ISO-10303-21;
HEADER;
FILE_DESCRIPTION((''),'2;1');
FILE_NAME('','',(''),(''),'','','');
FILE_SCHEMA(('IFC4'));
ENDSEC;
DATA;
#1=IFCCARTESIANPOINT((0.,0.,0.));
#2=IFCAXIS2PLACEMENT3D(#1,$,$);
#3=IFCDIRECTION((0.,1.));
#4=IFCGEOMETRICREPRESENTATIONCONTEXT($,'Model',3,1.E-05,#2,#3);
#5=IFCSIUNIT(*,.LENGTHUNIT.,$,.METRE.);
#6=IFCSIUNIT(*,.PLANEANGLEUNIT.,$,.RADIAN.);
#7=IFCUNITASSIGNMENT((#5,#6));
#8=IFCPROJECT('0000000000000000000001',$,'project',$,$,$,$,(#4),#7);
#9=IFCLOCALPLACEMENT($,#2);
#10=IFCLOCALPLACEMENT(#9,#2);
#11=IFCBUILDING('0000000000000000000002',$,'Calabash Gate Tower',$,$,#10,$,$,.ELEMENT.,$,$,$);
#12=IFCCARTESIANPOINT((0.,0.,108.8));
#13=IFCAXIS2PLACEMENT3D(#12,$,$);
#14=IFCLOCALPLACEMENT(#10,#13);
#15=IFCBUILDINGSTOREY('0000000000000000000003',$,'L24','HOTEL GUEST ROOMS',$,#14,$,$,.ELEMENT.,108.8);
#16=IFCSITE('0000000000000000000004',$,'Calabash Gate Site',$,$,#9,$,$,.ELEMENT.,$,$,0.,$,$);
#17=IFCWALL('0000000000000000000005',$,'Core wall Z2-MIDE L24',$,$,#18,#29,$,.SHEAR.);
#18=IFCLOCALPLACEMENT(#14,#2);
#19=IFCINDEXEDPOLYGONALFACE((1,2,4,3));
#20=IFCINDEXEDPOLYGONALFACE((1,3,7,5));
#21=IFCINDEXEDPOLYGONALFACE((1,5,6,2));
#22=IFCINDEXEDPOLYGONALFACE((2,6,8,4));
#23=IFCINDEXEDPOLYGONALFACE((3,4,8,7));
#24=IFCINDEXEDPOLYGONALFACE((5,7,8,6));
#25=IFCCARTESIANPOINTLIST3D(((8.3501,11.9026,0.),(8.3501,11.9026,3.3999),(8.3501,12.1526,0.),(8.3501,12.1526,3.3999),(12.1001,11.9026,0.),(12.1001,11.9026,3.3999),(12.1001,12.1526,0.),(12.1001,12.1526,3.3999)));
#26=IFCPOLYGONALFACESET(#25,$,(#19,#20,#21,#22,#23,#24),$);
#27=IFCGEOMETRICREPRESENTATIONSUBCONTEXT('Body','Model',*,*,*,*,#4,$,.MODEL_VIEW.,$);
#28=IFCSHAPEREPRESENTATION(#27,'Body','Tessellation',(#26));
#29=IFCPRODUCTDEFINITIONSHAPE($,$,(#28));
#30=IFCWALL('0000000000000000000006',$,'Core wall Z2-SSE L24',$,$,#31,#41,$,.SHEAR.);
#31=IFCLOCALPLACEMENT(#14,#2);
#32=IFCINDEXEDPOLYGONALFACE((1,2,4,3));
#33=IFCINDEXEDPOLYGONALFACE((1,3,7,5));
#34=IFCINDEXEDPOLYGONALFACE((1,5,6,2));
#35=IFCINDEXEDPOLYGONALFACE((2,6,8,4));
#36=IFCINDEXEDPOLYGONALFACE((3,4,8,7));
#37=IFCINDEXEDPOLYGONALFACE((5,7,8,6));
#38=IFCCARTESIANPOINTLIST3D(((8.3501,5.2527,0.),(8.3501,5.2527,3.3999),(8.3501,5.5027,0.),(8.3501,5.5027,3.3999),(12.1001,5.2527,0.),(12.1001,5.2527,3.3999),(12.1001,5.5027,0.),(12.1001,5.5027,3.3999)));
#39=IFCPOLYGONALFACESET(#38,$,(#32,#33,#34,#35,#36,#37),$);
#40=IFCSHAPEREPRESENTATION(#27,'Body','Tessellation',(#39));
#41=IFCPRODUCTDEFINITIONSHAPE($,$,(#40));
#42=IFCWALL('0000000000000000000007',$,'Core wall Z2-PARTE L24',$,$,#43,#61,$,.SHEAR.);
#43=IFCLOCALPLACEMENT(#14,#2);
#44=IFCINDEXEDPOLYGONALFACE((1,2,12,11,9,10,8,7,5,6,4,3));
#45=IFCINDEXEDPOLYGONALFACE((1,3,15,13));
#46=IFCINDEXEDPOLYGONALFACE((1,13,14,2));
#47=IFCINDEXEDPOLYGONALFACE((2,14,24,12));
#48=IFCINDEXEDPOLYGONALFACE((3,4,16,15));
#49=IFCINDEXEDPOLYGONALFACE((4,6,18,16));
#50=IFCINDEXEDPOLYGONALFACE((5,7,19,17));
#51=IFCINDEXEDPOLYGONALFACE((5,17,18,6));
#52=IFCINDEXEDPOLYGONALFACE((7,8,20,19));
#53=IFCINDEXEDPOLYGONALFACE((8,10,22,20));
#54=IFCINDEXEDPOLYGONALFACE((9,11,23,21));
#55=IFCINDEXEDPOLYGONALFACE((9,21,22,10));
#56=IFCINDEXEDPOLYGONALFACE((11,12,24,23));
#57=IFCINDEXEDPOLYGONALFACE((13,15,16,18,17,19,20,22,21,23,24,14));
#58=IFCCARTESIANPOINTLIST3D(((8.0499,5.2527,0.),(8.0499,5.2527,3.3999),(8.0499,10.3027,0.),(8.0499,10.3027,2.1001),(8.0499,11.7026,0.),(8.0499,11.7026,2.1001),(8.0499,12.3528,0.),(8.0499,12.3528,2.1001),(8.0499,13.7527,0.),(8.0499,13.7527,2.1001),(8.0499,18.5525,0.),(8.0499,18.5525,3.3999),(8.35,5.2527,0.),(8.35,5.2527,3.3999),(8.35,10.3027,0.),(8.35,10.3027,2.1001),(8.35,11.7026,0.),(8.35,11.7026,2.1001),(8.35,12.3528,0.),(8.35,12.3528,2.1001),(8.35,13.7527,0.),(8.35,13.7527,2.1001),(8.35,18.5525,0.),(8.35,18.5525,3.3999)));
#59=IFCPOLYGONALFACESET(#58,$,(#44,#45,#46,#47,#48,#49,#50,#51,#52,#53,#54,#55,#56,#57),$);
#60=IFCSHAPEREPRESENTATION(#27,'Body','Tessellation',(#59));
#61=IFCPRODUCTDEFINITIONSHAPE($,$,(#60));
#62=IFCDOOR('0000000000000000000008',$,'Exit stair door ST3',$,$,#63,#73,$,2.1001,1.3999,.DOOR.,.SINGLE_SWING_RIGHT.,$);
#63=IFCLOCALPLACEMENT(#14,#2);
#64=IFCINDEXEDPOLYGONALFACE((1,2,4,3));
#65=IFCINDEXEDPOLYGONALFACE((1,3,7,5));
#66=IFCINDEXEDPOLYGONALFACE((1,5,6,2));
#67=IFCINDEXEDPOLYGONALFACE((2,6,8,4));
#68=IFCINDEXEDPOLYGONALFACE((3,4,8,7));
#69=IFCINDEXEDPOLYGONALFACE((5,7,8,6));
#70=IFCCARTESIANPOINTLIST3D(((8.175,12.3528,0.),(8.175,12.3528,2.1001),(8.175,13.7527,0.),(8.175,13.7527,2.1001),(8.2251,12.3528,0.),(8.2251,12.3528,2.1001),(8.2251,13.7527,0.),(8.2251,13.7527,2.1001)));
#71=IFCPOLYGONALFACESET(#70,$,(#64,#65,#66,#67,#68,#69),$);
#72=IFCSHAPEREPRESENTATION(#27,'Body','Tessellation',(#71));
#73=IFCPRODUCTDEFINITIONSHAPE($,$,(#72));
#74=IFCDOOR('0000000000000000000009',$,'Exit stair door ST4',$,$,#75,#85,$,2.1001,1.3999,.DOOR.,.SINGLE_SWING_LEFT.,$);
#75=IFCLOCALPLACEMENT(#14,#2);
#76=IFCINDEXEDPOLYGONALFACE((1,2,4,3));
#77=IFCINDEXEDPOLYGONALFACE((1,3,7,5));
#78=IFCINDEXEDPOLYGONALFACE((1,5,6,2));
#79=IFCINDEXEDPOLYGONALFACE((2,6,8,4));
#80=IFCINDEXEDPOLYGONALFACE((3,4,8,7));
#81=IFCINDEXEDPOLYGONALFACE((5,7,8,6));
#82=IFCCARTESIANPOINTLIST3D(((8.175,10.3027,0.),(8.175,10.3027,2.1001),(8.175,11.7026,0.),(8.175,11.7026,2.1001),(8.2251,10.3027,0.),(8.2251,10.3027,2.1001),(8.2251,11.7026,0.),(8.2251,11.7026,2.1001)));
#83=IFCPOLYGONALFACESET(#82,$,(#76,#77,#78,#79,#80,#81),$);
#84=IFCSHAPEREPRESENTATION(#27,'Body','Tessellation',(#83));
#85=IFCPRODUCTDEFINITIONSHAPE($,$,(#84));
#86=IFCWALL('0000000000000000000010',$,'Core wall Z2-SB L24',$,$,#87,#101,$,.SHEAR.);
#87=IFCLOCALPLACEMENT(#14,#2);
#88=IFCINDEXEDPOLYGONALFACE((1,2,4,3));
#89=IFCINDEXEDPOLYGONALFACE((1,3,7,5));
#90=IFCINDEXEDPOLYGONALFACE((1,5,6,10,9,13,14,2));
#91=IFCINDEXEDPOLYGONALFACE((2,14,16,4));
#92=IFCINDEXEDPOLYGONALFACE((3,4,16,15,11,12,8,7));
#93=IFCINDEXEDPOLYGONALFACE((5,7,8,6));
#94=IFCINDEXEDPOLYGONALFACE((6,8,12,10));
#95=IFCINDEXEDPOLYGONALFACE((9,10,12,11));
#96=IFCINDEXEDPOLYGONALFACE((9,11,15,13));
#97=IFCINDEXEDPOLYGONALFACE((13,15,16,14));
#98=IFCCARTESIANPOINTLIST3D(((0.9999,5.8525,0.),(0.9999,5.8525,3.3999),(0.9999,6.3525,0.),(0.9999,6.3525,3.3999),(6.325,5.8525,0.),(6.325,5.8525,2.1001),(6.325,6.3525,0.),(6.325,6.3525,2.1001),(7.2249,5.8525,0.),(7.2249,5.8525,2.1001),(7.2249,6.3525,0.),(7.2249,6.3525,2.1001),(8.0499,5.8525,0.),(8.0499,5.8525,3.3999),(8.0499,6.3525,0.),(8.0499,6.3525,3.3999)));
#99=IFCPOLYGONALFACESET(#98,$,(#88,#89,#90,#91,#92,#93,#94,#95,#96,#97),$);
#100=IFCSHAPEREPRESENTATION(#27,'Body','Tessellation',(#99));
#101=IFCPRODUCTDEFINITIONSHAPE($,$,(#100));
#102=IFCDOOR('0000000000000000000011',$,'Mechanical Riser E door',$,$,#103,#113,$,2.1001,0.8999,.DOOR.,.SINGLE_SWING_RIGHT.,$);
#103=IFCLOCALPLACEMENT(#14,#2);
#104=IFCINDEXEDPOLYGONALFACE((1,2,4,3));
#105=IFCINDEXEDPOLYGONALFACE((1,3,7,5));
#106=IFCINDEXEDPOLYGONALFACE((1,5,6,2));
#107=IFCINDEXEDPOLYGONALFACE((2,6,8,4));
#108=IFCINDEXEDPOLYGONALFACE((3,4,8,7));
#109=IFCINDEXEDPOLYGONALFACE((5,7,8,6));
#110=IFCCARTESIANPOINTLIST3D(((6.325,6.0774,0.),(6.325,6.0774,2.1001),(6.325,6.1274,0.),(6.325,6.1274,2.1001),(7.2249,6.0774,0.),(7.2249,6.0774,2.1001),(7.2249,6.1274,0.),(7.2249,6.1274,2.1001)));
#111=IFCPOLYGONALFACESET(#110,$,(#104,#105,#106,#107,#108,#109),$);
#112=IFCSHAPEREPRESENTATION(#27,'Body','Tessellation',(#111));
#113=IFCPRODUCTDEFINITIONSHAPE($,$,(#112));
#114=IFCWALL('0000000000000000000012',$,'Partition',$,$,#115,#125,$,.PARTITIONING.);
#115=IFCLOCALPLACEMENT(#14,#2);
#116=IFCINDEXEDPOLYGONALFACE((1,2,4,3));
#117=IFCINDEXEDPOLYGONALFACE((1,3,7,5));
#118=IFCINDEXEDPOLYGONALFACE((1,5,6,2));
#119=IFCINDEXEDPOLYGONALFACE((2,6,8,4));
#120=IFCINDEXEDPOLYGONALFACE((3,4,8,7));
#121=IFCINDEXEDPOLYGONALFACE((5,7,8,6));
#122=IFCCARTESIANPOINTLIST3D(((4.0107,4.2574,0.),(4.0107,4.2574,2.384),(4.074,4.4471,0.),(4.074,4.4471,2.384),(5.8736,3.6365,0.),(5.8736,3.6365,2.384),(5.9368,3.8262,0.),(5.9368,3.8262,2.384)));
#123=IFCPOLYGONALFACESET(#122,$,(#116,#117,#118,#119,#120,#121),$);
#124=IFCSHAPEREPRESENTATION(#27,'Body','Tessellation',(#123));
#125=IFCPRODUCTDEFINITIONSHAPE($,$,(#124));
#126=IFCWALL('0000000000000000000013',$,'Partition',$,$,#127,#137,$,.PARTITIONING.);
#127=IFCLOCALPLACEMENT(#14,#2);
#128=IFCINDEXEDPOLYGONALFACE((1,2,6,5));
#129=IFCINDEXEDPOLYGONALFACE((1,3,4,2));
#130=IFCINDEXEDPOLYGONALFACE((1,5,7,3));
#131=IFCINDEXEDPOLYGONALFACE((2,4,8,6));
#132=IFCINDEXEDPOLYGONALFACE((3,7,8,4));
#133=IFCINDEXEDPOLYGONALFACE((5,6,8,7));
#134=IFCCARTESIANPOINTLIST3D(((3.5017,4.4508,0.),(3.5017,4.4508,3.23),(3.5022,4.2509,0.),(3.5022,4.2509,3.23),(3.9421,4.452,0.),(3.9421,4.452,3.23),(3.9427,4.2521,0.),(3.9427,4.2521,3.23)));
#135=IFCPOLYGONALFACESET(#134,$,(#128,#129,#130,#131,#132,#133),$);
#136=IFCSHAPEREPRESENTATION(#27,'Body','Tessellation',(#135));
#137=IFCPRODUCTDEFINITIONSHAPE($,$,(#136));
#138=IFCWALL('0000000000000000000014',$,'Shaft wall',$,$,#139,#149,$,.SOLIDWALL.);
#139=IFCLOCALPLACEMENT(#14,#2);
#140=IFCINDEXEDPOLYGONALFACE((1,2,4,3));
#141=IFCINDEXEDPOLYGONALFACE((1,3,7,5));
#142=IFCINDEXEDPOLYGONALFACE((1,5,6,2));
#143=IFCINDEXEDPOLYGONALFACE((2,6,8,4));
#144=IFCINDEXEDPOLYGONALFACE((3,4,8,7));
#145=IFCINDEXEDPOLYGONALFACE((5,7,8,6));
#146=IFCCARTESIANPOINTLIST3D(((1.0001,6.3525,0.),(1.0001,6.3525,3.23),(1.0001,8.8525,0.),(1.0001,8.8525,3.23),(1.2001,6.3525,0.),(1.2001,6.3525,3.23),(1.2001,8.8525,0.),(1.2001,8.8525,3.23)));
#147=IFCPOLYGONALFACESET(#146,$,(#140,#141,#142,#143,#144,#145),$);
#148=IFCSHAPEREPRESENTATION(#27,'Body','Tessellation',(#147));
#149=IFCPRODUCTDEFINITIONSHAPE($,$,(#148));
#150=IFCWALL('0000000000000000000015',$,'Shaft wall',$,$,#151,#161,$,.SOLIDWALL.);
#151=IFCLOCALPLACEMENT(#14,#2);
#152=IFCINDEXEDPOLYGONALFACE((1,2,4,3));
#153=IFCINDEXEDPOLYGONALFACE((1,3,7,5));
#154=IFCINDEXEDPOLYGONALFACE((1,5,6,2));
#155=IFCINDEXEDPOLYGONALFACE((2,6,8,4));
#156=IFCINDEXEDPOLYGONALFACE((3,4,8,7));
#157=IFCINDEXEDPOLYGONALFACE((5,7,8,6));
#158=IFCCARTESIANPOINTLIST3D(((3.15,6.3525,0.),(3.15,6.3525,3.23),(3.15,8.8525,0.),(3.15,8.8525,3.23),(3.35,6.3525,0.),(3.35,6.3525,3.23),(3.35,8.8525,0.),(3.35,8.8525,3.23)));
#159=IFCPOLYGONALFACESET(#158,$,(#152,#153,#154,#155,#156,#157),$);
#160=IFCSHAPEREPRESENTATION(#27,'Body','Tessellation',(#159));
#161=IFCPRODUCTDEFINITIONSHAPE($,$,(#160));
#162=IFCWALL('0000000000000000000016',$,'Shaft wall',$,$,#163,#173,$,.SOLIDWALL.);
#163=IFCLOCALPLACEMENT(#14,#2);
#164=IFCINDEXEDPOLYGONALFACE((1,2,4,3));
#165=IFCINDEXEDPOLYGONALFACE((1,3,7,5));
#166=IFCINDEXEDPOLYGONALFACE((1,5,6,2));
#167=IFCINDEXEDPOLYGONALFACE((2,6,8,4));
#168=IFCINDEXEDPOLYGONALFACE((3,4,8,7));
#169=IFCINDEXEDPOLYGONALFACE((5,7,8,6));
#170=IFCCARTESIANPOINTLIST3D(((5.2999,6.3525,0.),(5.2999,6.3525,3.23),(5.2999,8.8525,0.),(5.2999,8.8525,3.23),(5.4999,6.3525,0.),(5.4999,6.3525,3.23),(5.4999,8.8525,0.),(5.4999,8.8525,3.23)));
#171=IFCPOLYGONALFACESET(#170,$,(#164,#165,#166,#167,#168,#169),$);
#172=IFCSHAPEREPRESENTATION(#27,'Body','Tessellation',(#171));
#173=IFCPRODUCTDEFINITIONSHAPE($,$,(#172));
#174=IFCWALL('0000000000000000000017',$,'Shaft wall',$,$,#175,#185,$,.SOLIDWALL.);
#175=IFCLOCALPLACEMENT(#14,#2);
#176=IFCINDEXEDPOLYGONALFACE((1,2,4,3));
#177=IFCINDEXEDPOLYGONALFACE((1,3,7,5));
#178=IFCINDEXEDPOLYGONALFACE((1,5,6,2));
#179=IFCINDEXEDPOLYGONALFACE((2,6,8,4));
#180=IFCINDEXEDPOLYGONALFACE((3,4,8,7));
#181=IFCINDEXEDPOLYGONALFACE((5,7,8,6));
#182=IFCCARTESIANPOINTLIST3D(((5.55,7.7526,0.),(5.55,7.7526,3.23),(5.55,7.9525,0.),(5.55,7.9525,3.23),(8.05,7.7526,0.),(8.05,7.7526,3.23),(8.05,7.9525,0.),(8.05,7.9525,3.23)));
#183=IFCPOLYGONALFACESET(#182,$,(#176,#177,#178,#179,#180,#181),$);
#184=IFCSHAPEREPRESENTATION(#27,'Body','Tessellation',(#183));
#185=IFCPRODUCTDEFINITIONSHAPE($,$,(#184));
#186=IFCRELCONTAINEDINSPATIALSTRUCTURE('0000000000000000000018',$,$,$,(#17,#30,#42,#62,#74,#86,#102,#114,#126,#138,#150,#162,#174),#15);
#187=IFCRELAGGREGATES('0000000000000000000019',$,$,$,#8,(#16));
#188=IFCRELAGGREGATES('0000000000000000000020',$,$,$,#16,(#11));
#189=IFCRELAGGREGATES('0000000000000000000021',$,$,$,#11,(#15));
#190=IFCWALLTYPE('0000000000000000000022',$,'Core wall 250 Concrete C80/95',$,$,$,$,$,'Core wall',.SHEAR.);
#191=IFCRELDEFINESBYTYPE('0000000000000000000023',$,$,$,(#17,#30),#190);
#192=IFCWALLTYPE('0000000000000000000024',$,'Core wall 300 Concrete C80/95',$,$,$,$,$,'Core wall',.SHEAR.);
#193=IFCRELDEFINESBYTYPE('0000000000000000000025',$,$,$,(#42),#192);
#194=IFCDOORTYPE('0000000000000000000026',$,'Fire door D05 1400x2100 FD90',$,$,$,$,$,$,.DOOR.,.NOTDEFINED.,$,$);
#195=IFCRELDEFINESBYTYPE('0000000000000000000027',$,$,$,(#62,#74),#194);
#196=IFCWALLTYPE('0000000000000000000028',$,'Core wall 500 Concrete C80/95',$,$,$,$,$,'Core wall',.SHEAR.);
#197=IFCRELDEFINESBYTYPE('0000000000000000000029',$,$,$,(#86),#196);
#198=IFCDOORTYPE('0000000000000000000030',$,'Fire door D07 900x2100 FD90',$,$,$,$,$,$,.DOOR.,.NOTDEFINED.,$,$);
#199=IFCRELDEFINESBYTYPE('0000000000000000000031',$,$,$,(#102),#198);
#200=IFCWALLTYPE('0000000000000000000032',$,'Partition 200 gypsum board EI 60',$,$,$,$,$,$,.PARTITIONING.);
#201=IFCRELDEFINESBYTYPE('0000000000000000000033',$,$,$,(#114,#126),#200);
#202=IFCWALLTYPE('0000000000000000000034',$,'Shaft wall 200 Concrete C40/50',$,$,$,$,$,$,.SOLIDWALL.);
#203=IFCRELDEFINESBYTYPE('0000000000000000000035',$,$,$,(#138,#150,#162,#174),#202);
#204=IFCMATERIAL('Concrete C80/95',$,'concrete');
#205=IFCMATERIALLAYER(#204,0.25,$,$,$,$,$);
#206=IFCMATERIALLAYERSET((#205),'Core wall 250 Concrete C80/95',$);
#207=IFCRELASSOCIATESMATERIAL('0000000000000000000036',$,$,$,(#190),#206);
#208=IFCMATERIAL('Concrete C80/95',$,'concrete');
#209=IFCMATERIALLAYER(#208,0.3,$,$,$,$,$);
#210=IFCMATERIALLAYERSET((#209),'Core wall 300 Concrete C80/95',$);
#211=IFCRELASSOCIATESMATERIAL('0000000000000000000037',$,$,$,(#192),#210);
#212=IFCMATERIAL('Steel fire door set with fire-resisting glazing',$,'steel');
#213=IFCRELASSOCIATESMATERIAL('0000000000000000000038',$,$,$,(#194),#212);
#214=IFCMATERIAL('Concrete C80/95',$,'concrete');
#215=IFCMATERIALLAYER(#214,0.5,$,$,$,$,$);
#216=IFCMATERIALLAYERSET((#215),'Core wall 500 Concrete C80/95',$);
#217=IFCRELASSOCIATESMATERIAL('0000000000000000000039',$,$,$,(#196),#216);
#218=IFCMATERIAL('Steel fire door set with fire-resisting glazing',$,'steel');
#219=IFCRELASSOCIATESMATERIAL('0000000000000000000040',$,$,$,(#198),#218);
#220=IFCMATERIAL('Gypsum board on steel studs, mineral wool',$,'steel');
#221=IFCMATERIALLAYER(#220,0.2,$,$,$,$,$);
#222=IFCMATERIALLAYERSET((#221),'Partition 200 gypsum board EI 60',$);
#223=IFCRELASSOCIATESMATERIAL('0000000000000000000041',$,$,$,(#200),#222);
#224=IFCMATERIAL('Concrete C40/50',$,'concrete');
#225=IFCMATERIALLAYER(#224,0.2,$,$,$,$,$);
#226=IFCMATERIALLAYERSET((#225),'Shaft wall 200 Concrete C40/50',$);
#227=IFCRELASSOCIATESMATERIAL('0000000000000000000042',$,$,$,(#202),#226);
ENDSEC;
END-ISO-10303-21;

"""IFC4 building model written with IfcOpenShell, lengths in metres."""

from ifc_helpers import new_model, si_unit, direction, frame, frame_2d, origin, place, context, subcontext, project, spatial, rectangle, extrude, material, layer, layer_set, type_object, element, fill, save


model = new_model("IFC4")

# Units and contexts
model_context = context("Model", 3, precision=1e-05, world=origin(), true_north=direction((0.0, 1.0)))
body_context = subcontext(model_context, "Body", "Model", "MODEL_VIEW")
ifc_project = project(units=[si_unit("LENGTHUNIT", "METRE"), si_unit("PLANEANGLEUNIT", "RADIAN")], contexts=[model_context])

# Site, building, storey
site_placement = place(None, origin())
site = spatial("IfcSite", under=ifc_project, at=site_placement, Name="Calabash Gate Site", CompositionType="ELEMENT", RefElevation=0.0)
building_placement = place(site_placement, origin())
building = spatial("IfcBuilding", under=site, at=building_placement, Name="Calabash Gate Tower", CompositionType="ELEMENT")
storey_placement = place(building_placement, frame((0.0, 0.0, 108.8)))
storey = spatial("IfcBuildingStorey", under=building, at=storey_placement, Name="L24", Description="HOTEL GUEST ROOMS", CompositionType="ELEMENT", Elevation=108.8)

# Walls
ifc_material_1 = material(Name="Concrete C80/95", Category="concrete")
ifc_layer_1 = layer(ifc_material_1, 0.25)
ifc_layer_set_1 = layer_set([ifc_layer_1], Name="Core wall 250 Concrete C80/95")
wall_type_1 = type_object("IfcWallType", Name="Core wall 250 Concrete C80/95", ElementType="Core wall", PredefinedType="SHEAR", material=ifc_layer_set_1)
for number, where, z_axis, x_axis, name in (
    (1, (8.3501, 12.0276, 0.0), (0.0, 0.0, 1.0), (1.0, 0.0, 0.0), "Core wall Z2-MIDE L24"),
    (2, (8.3501, 5.3777, 0.0), (0.0, 0.0, 1.0), (1.0, 0.0, 0.0), "Core wall Z2-SSE L24"),
):
    element("IfcWall", number, at=place(storey_placement, frame(where, z_axis=z_axis, x_axis=x_axis)), inside=storey, type_object=wall_type_1, Name=name, PredefinedType="SHEAR", context=body_context, shape_type="SweptSolid", body=[
        extrude(rectangle(XDim=3.75, YDim=0.25, at=frame_2d((1.875, 0.0))), origin(), (0.0, 0.0, 1.0), 3.3999),
    ])

# Wall, openings, doors
ifc_material_2 = material(Name="Concrete C80/95", Category="concrete")
ifc_layer_2 = layer(ifc_material_2, 0.3)
ifc_layer_set_2 = layer_set([ifc_layer_2], Name="Core wall 300 Concrete C80/95")
wall_type_2 = type_object("IfcWallType", Name="Core wall 300 Concrete C80/95", ElementType="Core wall", PredefinedType="SHEAR", material=ifc_layer_set_2)
wall_1_placement = place(storey_placement, frame((8.2, 5.2527, 0.0), z_axis=(0.0, 0.0, 1.0), x_axis=(0.0, 1.0, 0.0)))
wall_1 = element("IfcWall", 3, at=wall_1_placement, inside=storey, type_object=wall_type_2, Name="Core wall Z2-PARTE L24", PredefinedType="SHEAR", context=body_context, shape_type="SweptSolid", body=[
    extrude(rectangle(XDim=13.2998, YDim=0.3, at=frame_2d((6.6499, 0.0))), origin(), (0.0, 0.0, 1.0), 3.3999),
])
opening_1_placement = place(wall_1_placement, frame((7.1001, 0.0, 0.0)))
opening_1 = element("IfcOpeningElement", 4, at=opening_1_placement, cuts=wall_1, PredefinedType="OPENING", context=body_context, shape_type="SweptSolid", body=[
    extrude(rectangle(XDim=1.3999, YDim=2.1001, at=frame_2d((0.7, 1.05))), frame((0.0, 0.1599, 0.0), z_axis=(0.0, -1.0, 0.0), x_axis=(1.0, 0.0, 0.0)), (0.0, 0.0, 1.0), 0.3201),
])
opening_2_placement = place(wall_1_placement, frame((5.05, 0.0, 0.0)))
opening_2 = element("IfcOpeningElement", 5, at=opening_2_placement, cuts=wall_1, PredefinedType="OPENING", context=body_context, shape_type="SweptSolid", body=[
    extrude(rectangle(XDim=1.3999, YDim=2.1001, at=frame_2d((0.7, 1.05))), frame((0.0, 0.1599, 0.0), z_axis=(0.0, -1.0, 0.0), x_axis=(1.0, 0.0, 0.0)), (0.0, 0.0, 1.0), 0.3201),
])
ifc_material_3 = material(Name="Steel fire door set with fire-resisting glazing", Category="steel")
door_type_1 = type_object("IfcDoorType", Name="Fire door D05 1400x2100 FD90", OperationType="NOTDEFINED", PredefinedType="DOOR", material=ifc_material_3)
door_1_placement = place(opening_1_placement, origin())
door_1 = element("IfcDoor", 6, at=door_1_placement, inside=storey, type_object=door_type_1, Name="Exit stair door ST3", OperationType="SINGLE_SWING_RIGHT", OverallHeight=2.1001, OverallWidth=1.3999, PredefinedType="DOOR", context=body_context, shape_type="SweptSolid", body=[
    extrude(rectangle(XDim=1.3999, YDim=2.1001, at=frame_2d((0.7, 1.05))), frame((0.0, 0.0249, 0.0), z_axis=(0.0, -1.0, 0.0), x_axis=(1.0, 0.0, 0.0)), (0.0, 0.0, 1.0), 0.05),
])
fill(opening_1, door_1)
door_2_placement = place(opening_2_placement, origin())
door_2 = element("IfcDoor", 7, at=door_2_placement, inside=storey, type_object=door_type_1, Name="Exit stair door ST4", OperationType="SINGLE_SWING_LEFT", OverallHeight=2.1001, OverallWidth=1.3999, PredefinedType="DOOR", context=body_context, shape_type="SweptSolid", body=[
    extrude(rectangle(XDim=1.3999, YDim=2.1001, at=frame_2d((0.7, 1.05))), frame((0.0, 0.0249, 0.0), z_axis=(0.0, -1.0, 0.0), x_axis=(1.0, 0.0, 0.0)), (0.0, 0.0, 1.0), 0.05),
])
fill(opening_2, door_2)

# Wall, opening, door
ifc_material_4 = material(Name="Concrete C80/95", Category="concrete")
ifc_layer_3 = layer(ifc_material_4, 0.5)
ifc_layer_set_3 = layer_set([ifc_layer_3], Name="Core wall 500 Concrete C80/95")
wall_type_3 = type_object("IfcWallType", Name="Core wall 500 Concrete C80/95", ElementType="Core wall", PredefinedType="SHEAR", material=ifc_layer_set_3)
wall_2_placement = place(storey_placement, frame((1.0, 6.1025, 0.0), z_axis=(0.0, 0.0, 1.0), x_axis=(1.0, 0.0, 0.0)))
wall_2 = element("IfcWall", 8, at=wall_2_placement, inside=storey, type_object=wall_type_3, Name="Core wall Z2-SB L24", PredefinedType="SHEAR", context=body_context, shape_type="SweptSolid", body=[
    extrude(rectangle(XDim=7.05, YDim=0.5, at=frame_2d((3.5249, 0.0))), origin(), (0.0, 0.0, 1.0), 3.3999),
])
opening_3_placement = place(wall_2_placement, frame((5.325, 0.0, 0.0)))
opening_3 = element("IfcOpeningElement", 9, at=opening_3_placement, cuts=wall_2, PredefinedType="OPENING", context=body_context, shape_type="SweptSolid", body=[
    extrude(rectangle(XDim=0.8999, YDim=2.1001, at=frame_2d((0.45, 1.05))), frame((0.0, 0.26, 0.0), z_axis=(0.0, -1.0, 0.0), x_axis=(1.0, 0.0, 0.0)), (0.0, 0.0, 1.0), 0.52),
])
ifc_material_5 = material(Name="Steel fire door set with fire-resisting glazing", Category="steel")
door_type_2 = type_object("IfcDoorType", Name="Fire door D07 900x2100 FD90", OperationType="NOTDEFINED", PredefinedType="DOOR", material=ifc_material_5)
door_3_placement = place(opening_3_placement, origin())
door_3 = element("IfcDoor", 10, at=door_3_placement, inside=storey, type_object=door_type_2, Name="Mechanical Riser E door", OperationType="SINGLE_SWING_RIGHT", OverallHeight=2.1001, OverallWidth=0.8999, PredefinedType="DOOR", context=body_context, shape_type="SweptSolid", body=[
    extrude(rectangle(XDim=0.8999, YDim=2.1001, at=frame_2d((0.45, 1.05))), frame((0.0, 0.0249, 0.0), z_axis=(0.0, -1.0, 0.0), x_axis=(1.0, 0.0, 0.0)), (0.0, 0.0, 1.0), 0.05),
])
fill(opening_3, door_3)

# Walls
ifc_material_6 = material(Name="Gypsum board on steel studs, mineral wool", Category="steel")
ifc_layer_4 = layer(ifc_material_6, 0.2)
ifc_layer_set_4 = layer_set([ifc_layer_4], Name="Partition 200 gypsum board EI 60")
wall_type_4 = type_object("IfcWallType", Name="Partition 200 gypsum board EI 60", PredefinedType="PARTITIONING", material=ifc_layer_set_4)
wall_3_placement = place(storey_placement, frame((4.0422, 4.3523, 0.0), z_axis=(0.0, 0.0, 1.0), x_axis=(0.948696, -0.31619, 0.0)))
element("IfcWall", 11, at=wall_3_placement, inside=storey, type_object=wall_type_4, Name="Partition", PredefinedType="PARTITIONING", context=body_context, shape_type="SweptSolid", body=[
    extrude(rectangle(XDim=1.9636, YDim=0.2, at=frame_2d((0.9819, 0.0))), origin(), (0.0, 0.0, 1.0), 2.384),
])
wall_4_placement = place(storey_placement, frame((3.502, 4.3508, 0.0), z_axis=(0.0, 0.0, 1.0), x_axis=(0.999996, 0.002772, 0.0)))
element("IfcWall", 12, at=wall_4_placement, inside=storey, type_object=wall_type_4, Name="Partition", PredefinedType="PARTITIONING", context=body_context, shape_type="SweptSolid", body=[
    extrude(rectangle(XDim=0.4404, YDim=0.2, at=frame_2d((0.2202, 0.0))), origin(), (0.0, 0.0, 1.0), 3.23),
])
ifc_material_7 = material(Name="Concrete C40/50", Category="concrete")
ifc_layer_5 = layer(ifc_material_7, 0.2)
ifc_layer_set_5 = layer_set([ifc_layer_5], Name="Shaft wall 200 Concrete C40/50")
wall_type_5 = type_object("IfcWallType", Name="Shaft wall 200 Concrete C40/50", PredefinedType="SOLIDWALL", material=ifc_layer_set_5)
for number, where, z_axis, x_axis, name in (
    (13, (1.1001, 6.3525, 0.0), (0.0, 0.0, 1.0), (0.0, 1.0, 0.0), "Shaft wall"),
    (14, (3.25, 6.3525, 0.0), (0.0, 0.0, 1.0), (0.0, 1.0, 0.0), "Shaft wall"),
    (15, (5.3999, 6.3525, 0.0), (0.0, 0.0, 1.0), (0.0, 1.0, 0.0), "Shaft wall"),
    (16, (5.55, 7.8525, 0.0), (0.0, 0.0, 1.0), (1.0, 0.0, 0.0), "Shaft wall"),
):
    element("IfcWall", number, at=place(storey_placement, frame(where, z_axis=z_axis, x_axis=x_axis)), inside=storey, type_object=wall_type_5, Name=name, PredefinedType="SOLIDWALL", context=body_context, shape_type="SweptSolid", body=[
        extrude(rectangle(XDim=2.5, YDim=0.2, at=frame_2d((1.25, 0.0))), origin(), (0.0, 0.0, 1.0), 3.23),
    ])

save(model, "model.ifc")
